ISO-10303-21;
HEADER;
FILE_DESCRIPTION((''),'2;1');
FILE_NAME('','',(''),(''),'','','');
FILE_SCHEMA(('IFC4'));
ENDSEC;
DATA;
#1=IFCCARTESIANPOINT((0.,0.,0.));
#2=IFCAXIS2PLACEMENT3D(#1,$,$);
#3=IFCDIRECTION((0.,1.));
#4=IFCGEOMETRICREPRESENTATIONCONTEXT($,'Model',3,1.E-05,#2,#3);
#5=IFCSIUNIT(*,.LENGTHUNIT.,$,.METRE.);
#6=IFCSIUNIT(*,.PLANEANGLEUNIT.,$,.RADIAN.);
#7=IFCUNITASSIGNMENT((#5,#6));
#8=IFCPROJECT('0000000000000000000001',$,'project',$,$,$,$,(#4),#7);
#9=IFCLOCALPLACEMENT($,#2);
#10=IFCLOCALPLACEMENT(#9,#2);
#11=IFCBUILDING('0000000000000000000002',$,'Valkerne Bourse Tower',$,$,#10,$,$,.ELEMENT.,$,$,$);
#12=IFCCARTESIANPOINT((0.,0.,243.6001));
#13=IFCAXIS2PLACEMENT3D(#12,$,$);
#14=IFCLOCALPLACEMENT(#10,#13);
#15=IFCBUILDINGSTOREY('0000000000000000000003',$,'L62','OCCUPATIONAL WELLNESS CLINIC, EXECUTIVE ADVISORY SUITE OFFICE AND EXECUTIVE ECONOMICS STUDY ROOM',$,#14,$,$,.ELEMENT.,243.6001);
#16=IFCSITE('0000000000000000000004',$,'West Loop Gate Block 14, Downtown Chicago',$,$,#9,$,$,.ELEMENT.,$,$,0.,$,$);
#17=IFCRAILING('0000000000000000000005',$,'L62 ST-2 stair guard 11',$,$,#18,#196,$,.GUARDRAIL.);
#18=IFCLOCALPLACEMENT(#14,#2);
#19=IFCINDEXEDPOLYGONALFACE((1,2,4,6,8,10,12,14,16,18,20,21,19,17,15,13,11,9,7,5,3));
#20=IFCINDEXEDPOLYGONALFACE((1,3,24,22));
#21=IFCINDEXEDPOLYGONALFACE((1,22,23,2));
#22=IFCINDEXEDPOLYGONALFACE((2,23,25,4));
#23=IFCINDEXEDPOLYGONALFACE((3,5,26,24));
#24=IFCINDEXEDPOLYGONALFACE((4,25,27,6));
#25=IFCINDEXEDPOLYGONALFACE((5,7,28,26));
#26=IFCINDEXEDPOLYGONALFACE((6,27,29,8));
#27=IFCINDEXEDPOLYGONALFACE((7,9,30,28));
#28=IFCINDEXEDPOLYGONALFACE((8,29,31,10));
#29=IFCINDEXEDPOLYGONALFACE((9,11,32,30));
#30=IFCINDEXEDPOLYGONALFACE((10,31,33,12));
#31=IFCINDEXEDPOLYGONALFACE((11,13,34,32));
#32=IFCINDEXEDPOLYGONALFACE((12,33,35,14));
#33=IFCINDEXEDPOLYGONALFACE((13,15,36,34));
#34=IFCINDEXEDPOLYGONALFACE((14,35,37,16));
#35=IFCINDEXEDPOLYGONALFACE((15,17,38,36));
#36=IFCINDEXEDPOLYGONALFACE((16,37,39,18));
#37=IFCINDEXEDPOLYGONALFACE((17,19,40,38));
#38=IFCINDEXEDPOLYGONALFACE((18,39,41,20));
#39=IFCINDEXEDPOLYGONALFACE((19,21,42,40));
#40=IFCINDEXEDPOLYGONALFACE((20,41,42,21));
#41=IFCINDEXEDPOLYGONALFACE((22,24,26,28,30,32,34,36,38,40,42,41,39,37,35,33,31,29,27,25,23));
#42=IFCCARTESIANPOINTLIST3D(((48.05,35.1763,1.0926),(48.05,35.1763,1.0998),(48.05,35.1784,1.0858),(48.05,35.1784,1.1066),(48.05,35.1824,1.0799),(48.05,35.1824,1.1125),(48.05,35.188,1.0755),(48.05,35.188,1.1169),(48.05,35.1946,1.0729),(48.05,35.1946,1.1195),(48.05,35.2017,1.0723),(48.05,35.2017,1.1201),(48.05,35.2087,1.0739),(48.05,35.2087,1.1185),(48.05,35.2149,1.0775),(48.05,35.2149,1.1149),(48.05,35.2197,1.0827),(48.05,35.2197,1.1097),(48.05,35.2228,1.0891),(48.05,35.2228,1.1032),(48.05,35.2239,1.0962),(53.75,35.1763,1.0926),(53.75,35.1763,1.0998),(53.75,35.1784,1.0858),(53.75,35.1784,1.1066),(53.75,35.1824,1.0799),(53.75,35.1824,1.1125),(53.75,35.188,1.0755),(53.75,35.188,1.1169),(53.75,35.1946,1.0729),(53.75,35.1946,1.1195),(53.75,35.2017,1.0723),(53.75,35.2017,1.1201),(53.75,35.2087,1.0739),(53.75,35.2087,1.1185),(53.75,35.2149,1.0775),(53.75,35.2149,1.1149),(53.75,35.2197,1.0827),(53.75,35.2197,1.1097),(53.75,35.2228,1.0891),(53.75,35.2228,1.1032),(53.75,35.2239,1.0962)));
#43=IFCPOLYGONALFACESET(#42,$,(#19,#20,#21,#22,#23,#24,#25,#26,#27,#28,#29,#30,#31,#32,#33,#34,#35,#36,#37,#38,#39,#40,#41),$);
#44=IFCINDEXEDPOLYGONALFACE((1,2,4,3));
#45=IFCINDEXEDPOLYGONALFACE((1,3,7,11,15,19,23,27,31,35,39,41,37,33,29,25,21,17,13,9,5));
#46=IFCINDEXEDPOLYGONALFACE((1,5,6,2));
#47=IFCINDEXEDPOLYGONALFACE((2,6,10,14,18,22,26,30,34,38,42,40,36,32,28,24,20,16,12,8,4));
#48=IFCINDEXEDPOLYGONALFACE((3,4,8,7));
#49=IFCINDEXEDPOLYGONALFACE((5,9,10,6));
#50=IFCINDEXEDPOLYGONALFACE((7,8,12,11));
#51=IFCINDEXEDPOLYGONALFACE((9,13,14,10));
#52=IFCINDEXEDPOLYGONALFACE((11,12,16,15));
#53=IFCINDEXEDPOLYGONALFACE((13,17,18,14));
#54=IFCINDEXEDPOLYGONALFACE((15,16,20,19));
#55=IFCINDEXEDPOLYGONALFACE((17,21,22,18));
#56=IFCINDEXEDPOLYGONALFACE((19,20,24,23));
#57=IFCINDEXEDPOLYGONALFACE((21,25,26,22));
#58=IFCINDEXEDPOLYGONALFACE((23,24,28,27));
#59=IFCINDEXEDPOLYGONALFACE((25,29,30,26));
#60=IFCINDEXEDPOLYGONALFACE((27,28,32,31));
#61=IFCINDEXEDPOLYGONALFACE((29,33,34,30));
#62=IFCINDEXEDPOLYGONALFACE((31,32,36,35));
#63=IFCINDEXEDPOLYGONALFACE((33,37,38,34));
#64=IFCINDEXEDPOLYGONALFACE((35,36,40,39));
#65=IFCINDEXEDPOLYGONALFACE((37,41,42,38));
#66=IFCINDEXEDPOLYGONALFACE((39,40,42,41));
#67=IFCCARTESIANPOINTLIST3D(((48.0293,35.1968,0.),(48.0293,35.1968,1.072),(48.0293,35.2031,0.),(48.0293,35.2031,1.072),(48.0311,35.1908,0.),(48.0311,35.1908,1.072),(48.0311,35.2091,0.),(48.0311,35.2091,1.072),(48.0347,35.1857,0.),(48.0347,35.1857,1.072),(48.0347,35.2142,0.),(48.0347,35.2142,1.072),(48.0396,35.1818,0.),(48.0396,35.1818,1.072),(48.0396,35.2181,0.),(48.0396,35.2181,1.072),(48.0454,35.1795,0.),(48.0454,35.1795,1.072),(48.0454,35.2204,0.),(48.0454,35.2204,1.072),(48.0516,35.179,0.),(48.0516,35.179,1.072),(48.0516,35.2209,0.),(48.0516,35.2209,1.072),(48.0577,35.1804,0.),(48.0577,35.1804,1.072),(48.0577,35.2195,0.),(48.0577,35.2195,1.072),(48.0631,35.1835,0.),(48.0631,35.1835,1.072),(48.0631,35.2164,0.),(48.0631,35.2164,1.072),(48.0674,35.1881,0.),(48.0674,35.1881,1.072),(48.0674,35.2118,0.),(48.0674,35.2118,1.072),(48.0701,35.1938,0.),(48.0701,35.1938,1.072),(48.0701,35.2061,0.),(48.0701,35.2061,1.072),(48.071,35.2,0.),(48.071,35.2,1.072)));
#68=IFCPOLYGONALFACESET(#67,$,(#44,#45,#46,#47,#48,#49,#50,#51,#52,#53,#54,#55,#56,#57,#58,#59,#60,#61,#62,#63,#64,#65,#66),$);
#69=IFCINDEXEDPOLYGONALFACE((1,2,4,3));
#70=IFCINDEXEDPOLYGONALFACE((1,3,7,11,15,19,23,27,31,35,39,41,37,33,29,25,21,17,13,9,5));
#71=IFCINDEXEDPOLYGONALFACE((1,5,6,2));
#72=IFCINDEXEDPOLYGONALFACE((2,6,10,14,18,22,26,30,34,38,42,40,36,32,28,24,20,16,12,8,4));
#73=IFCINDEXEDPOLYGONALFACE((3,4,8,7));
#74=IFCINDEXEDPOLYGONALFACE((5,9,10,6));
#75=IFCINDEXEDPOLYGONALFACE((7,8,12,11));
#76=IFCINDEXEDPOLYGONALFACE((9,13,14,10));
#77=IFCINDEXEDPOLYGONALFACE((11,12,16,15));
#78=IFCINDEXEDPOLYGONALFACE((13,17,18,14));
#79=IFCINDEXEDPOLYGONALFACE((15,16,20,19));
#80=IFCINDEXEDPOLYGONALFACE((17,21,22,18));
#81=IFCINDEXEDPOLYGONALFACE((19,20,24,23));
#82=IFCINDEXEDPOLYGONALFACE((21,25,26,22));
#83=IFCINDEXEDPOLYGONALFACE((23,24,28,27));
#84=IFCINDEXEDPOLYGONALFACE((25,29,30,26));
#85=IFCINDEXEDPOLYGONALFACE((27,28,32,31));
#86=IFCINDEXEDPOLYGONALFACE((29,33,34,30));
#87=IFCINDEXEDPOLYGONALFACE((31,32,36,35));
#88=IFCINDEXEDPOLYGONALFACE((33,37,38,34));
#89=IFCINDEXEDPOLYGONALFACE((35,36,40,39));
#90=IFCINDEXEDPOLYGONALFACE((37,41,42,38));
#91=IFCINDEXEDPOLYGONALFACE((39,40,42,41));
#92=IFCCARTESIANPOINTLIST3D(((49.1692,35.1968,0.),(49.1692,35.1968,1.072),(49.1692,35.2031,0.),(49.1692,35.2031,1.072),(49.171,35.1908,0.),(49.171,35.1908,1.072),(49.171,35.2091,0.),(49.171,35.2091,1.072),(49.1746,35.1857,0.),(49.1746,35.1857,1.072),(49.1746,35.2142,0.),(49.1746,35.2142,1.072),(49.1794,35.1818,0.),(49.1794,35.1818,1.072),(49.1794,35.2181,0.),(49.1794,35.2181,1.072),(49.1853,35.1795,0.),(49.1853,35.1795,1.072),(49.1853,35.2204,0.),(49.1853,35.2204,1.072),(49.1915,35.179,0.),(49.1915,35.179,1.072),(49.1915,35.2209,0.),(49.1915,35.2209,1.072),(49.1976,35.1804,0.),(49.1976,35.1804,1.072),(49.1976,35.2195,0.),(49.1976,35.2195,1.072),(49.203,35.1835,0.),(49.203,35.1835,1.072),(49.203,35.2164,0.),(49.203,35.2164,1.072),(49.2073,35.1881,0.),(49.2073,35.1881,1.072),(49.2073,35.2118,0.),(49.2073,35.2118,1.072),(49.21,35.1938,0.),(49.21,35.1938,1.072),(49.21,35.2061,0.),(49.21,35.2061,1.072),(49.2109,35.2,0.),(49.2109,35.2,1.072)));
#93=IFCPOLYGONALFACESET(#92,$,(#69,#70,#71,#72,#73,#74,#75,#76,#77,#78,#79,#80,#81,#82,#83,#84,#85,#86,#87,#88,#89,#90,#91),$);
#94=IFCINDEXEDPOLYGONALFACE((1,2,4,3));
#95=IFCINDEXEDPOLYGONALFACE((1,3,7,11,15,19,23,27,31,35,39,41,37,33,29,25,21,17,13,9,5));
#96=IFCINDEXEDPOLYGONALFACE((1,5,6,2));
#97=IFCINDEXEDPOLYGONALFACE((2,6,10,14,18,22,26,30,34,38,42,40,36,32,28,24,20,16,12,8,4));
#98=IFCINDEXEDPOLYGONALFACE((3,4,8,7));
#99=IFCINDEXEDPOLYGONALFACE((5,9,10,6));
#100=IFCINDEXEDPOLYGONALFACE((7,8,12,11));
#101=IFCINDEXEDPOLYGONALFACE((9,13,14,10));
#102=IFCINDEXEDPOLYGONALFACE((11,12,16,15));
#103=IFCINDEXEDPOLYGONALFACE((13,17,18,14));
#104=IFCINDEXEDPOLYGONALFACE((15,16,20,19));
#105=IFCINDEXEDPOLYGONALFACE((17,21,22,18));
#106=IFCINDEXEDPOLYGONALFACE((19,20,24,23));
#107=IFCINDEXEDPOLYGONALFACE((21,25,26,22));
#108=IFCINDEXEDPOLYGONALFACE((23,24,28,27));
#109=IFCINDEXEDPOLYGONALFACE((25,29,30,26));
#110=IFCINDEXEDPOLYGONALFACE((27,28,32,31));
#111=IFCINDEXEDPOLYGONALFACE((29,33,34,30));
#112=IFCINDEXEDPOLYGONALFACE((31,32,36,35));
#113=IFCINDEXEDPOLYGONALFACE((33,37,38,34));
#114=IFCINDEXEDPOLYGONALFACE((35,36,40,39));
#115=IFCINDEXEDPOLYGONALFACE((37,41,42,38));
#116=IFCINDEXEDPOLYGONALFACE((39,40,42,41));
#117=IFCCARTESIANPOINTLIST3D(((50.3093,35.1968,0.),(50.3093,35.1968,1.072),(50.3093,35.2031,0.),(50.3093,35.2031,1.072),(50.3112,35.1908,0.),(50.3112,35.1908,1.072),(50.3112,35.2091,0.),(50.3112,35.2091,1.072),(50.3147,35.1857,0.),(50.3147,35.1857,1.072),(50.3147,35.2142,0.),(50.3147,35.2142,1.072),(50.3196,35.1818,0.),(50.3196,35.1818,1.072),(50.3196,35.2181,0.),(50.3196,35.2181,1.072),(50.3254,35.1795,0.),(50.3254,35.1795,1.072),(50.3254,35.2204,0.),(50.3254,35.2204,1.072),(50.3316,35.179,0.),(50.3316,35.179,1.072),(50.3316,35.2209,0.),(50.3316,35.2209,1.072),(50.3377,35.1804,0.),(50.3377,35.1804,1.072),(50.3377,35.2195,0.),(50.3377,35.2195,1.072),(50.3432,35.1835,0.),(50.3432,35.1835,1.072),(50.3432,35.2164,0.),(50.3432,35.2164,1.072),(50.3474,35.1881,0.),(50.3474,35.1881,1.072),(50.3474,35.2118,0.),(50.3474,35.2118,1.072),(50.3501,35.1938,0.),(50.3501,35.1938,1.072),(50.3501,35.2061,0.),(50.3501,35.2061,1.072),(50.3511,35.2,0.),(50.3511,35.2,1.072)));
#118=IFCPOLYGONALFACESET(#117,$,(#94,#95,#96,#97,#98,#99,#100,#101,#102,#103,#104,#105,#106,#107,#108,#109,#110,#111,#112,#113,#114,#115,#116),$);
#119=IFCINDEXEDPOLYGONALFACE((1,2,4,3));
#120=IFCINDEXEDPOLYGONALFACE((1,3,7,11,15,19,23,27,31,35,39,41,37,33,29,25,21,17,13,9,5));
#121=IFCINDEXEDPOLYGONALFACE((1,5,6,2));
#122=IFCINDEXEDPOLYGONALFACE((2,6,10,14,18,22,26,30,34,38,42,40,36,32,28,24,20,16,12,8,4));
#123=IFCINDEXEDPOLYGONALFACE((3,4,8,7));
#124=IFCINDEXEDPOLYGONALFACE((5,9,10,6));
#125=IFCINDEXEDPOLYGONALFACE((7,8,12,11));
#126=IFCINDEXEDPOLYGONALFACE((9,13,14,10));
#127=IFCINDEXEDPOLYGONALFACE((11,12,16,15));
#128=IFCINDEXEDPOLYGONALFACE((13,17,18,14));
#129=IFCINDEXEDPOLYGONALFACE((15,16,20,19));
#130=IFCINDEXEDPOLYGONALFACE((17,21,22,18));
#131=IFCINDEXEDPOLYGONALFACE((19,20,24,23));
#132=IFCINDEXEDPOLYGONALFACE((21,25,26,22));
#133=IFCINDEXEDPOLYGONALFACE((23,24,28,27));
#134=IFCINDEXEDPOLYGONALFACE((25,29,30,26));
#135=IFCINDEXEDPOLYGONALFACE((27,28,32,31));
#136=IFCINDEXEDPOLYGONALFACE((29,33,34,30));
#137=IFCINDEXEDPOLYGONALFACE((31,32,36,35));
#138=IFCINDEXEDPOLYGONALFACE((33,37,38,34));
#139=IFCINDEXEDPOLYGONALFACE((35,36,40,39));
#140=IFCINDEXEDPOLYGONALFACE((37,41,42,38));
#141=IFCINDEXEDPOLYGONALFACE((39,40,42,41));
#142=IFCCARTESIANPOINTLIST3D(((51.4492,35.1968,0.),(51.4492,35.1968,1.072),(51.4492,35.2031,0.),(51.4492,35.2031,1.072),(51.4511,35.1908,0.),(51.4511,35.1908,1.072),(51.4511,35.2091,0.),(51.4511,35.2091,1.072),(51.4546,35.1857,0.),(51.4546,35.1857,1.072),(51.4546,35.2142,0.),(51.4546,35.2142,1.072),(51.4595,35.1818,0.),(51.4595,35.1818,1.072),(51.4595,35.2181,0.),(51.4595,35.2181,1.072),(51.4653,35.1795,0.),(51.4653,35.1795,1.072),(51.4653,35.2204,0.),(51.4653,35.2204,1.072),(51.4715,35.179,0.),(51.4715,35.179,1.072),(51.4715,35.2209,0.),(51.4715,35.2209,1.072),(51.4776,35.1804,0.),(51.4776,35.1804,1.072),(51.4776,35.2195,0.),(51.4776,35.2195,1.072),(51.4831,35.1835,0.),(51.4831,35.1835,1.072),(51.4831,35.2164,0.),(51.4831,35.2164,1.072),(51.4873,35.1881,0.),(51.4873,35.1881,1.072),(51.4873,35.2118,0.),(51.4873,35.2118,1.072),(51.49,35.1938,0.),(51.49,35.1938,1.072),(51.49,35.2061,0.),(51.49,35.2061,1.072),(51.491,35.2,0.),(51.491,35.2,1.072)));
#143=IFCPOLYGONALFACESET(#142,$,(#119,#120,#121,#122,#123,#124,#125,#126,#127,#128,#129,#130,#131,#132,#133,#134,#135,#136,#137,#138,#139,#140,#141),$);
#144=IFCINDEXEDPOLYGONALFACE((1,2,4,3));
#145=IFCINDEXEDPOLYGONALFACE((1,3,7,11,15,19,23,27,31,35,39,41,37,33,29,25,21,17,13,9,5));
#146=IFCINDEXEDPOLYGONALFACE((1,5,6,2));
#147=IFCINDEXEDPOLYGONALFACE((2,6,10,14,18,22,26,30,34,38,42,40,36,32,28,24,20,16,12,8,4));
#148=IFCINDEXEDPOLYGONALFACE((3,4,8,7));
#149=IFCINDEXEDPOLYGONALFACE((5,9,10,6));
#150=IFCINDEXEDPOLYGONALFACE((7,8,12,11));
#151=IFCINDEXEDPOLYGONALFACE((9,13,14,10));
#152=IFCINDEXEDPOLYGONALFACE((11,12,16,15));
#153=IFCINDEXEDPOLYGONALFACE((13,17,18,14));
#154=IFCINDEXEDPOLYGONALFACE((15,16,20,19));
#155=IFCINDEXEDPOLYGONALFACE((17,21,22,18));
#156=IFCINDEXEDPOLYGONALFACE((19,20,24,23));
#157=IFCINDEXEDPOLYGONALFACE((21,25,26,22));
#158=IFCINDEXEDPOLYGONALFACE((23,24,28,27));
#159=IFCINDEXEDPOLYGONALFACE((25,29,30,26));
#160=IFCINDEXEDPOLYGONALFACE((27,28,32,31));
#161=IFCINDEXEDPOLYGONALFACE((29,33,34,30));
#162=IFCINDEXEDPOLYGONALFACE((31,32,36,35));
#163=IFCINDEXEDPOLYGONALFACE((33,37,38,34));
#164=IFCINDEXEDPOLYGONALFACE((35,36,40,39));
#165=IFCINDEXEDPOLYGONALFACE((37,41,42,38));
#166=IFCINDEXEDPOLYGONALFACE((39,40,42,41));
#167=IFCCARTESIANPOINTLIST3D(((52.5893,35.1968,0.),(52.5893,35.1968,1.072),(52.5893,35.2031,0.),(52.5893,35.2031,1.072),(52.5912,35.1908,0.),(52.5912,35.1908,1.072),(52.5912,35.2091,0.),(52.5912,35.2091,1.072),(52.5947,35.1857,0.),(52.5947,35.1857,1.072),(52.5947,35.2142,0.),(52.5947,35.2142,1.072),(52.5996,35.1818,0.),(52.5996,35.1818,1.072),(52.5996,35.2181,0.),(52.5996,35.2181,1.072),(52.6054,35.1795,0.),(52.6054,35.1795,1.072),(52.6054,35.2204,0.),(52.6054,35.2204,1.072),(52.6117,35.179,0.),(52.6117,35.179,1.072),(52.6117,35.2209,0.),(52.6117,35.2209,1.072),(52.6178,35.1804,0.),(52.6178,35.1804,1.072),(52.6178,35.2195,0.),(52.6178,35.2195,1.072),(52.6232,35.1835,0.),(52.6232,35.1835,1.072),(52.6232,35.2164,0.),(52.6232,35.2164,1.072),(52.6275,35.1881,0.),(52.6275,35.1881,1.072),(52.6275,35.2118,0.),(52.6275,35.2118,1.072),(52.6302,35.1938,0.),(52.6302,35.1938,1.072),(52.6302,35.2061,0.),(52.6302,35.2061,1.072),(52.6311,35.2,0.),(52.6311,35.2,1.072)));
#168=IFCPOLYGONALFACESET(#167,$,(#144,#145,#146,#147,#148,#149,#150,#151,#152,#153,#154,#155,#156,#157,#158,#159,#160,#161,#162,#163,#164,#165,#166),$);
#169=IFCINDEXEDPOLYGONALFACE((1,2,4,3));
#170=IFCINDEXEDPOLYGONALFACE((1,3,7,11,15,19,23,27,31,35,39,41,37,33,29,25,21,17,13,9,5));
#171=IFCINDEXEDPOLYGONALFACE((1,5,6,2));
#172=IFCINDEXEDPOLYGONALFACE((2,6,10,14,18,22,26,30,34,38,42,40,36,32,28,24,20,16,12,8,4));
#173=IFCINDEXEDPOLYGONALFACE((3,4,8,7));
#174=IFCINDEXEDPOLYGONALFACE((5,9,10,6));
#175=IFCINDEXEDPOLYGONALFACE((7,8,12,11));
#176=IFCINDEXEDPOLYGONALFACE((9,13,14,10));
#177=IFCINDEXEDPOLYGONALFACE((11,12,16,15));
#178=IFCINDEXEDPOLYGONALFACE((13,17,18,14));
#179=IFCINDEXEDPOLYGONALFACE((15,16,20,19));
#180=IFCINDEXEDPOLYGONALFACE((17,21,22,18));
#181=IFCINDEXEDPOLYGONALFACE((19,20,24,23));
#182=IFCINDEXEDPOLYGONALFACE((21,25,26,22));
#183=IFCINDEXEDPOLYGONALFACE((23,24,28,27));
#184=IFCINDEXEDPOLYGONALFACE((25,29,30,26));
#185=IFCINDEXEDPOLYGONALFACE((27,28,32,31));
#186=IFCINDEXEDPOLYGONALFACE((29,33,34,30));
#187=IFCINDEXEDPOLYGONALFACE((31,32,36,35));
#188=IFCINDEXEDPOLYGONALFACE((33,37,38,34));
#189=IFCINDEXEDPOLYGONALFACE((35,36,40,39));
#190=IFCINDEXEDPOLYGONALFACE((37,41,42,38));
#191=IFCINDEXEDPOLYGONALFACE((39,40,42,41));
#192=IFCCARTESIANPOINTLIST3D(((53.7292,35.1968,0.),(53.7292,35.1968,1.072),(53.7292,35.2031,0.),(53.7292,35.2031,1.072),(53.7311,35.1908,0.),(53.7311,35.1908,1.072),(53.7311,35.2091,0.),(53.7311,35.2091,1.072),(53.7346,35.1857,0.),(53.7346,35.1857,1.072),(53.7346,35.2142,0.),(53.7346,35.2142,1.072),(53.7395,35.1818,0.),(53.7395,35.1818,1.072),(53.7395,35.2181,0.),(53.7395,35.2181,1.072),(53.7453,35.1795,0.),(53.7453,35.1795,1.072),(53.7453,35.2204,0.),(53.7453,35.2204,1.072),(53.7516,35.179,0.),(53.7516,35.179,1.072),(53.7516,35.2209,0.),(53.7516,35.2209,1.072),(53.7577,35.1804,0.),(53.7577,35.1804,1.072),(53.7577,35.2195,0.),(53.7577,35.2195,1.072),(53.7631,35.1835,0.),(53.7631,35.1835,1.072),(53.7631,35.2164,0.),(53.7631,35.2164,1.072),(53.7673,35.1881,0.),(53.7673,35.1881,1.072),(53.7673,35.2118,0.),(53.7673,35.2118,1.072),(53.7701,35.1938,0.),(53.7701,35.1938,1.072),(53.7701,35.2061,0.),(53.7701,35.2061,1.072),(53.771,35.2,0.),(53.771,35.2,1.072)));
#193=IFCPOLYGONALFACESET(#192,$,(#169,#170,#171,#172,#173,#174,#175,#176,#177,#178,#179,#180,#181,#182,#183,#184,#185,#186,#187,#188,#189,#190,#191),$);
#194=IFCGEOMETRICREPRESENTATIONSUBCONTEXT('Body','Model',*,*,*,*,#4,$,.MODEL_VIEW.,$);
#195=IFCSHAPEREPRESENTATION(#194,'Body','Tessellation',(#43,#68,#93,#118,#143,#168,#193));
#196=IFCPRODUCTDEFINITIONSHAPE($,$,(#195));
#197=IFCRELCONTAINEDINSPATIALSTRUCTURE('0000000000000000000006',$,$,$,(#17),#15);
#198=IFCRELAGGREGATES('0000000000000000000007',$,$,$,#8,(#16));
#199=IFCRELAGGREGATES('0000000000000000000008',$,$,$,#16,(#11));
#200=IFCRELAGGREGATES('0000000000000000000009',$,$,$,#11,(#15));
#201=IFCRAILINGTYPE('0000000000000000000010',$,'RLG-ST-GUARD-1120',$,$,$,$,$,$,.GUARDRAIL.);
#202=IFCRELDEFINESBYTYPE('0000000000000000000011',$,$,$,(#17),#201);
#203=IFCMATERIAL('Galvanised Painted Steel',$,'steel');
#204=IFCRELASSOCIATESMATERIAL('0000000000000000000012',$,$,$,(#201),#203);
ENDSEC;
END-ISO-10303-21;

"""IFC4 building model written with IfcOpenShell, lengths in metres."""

from ifc_helpers import new_model, si_unit, direction, frame, origin, origin_2d, place, context, subcontext, project, spatial, circle, extrude, material, type_object, element, save


model = new_model("IFC4")

# Units and contexts
model_context = context("Model", 3, precision=1e-05, world=origin(), true_north=direction((0.0, 1.0)))
body_context = subcontext(model_context, "Body", "Model", "MODEL_VIEW")
ifc_project = project(units=[si_unit("LENGTHUNIT", "METRE"), si_unit("PLANEANGLEUNIT", "RADIAN")], contexts=[model_context])

# Site, building, storey
site_placement = place(None, origin())
site = spatial("IfcSite", under=ifc_project, at=site_placement, Name="West Loop Gate Block 14, Downtown Chicago", CompositionType="ELEMENT", RefElevation=0.0)
building_placement = place(site_placement, origin())
building = spatial("IfcBuilding", under=site, at=building_placement, Name="Valkerne Bourse Tower", CompositionType="ELEMENT")
storey_placement = place(building_placement, frame((0.0, 0.0, 243.6001)))
storey = spatial("IfcBuildingStorey", under=building, at=storey_placement, Name="L62", Description="OCCUPATIONAL WELLNESS CLINIC, EXECUTIVE ADVISORY SUITE OFFICE AND EXECUTIVE ECONOMICS STUDY ROOM", CompositionType="ELEMENT", Elevation=243.6001)

# Railing
ifc_material_1 = material(Name="Galvanised Painted Steel", Category="steel")
railing_type_1 = type_object("IfcRailingType", Name="RLG-ST-GUARD-1120", PredefinedType="GUARDRAIL", material=ifc_material_1)
railing_1_placement = place(storey_placement, frame((48.05, 35.2, 0.0)))
element("IfcRailing", 1, at=railing_1_placement, inside=storey, type_object=railing_type_1, Name="L62 ST-2 stair guard 11", PredefinedType="GUARDRAIL", context=body_context, shape_type="SweptSolid", body=[
    extrude(circle(Radius=0.0239, at=origin_2d()), frame((0.0, 0.0, 1.0962), z_axis=(1.0, 0.0, 0.0), x_axis=(0.0, 1.0, 0.0)), (0.0, 0.0, 1.0), 5.7),
    extrude(circle(Radius=0.021, at=origin_2d()), origin(), (0.0, 0.0, 1.0), 1.072),
    extrude(circle(Radius=0.021, at=origin_2d()), frame((1.1399, 0.0, 0.0)), (0.0, 0.0, 1.0), 1.072),
    extrude(circle(Radius=0.021, at=origin_2d()), frame((2.28, 0.0, 0.0)), (0.0, 0.0, 1.0), 1.072),
    extrude(circle(Radius=0.021, at=origin_2d()), frame((3.4199, 0.0, 0.0)), (0.0, 0.0, 1.0), 1.072),
    extrude(circle(Radius=0.021, at=origin_2d()), frame((4.5601, 0.0, 0.0)), (0.0, 0.0, 1.0), 1.072),
    extrude(circle(Radius=0.021, at=origin_2d()), frame((5.7, 0.0, 0.0)), (0.0, 0.0, 1.0), 1.072),
])

save(model, "model.ifc")
